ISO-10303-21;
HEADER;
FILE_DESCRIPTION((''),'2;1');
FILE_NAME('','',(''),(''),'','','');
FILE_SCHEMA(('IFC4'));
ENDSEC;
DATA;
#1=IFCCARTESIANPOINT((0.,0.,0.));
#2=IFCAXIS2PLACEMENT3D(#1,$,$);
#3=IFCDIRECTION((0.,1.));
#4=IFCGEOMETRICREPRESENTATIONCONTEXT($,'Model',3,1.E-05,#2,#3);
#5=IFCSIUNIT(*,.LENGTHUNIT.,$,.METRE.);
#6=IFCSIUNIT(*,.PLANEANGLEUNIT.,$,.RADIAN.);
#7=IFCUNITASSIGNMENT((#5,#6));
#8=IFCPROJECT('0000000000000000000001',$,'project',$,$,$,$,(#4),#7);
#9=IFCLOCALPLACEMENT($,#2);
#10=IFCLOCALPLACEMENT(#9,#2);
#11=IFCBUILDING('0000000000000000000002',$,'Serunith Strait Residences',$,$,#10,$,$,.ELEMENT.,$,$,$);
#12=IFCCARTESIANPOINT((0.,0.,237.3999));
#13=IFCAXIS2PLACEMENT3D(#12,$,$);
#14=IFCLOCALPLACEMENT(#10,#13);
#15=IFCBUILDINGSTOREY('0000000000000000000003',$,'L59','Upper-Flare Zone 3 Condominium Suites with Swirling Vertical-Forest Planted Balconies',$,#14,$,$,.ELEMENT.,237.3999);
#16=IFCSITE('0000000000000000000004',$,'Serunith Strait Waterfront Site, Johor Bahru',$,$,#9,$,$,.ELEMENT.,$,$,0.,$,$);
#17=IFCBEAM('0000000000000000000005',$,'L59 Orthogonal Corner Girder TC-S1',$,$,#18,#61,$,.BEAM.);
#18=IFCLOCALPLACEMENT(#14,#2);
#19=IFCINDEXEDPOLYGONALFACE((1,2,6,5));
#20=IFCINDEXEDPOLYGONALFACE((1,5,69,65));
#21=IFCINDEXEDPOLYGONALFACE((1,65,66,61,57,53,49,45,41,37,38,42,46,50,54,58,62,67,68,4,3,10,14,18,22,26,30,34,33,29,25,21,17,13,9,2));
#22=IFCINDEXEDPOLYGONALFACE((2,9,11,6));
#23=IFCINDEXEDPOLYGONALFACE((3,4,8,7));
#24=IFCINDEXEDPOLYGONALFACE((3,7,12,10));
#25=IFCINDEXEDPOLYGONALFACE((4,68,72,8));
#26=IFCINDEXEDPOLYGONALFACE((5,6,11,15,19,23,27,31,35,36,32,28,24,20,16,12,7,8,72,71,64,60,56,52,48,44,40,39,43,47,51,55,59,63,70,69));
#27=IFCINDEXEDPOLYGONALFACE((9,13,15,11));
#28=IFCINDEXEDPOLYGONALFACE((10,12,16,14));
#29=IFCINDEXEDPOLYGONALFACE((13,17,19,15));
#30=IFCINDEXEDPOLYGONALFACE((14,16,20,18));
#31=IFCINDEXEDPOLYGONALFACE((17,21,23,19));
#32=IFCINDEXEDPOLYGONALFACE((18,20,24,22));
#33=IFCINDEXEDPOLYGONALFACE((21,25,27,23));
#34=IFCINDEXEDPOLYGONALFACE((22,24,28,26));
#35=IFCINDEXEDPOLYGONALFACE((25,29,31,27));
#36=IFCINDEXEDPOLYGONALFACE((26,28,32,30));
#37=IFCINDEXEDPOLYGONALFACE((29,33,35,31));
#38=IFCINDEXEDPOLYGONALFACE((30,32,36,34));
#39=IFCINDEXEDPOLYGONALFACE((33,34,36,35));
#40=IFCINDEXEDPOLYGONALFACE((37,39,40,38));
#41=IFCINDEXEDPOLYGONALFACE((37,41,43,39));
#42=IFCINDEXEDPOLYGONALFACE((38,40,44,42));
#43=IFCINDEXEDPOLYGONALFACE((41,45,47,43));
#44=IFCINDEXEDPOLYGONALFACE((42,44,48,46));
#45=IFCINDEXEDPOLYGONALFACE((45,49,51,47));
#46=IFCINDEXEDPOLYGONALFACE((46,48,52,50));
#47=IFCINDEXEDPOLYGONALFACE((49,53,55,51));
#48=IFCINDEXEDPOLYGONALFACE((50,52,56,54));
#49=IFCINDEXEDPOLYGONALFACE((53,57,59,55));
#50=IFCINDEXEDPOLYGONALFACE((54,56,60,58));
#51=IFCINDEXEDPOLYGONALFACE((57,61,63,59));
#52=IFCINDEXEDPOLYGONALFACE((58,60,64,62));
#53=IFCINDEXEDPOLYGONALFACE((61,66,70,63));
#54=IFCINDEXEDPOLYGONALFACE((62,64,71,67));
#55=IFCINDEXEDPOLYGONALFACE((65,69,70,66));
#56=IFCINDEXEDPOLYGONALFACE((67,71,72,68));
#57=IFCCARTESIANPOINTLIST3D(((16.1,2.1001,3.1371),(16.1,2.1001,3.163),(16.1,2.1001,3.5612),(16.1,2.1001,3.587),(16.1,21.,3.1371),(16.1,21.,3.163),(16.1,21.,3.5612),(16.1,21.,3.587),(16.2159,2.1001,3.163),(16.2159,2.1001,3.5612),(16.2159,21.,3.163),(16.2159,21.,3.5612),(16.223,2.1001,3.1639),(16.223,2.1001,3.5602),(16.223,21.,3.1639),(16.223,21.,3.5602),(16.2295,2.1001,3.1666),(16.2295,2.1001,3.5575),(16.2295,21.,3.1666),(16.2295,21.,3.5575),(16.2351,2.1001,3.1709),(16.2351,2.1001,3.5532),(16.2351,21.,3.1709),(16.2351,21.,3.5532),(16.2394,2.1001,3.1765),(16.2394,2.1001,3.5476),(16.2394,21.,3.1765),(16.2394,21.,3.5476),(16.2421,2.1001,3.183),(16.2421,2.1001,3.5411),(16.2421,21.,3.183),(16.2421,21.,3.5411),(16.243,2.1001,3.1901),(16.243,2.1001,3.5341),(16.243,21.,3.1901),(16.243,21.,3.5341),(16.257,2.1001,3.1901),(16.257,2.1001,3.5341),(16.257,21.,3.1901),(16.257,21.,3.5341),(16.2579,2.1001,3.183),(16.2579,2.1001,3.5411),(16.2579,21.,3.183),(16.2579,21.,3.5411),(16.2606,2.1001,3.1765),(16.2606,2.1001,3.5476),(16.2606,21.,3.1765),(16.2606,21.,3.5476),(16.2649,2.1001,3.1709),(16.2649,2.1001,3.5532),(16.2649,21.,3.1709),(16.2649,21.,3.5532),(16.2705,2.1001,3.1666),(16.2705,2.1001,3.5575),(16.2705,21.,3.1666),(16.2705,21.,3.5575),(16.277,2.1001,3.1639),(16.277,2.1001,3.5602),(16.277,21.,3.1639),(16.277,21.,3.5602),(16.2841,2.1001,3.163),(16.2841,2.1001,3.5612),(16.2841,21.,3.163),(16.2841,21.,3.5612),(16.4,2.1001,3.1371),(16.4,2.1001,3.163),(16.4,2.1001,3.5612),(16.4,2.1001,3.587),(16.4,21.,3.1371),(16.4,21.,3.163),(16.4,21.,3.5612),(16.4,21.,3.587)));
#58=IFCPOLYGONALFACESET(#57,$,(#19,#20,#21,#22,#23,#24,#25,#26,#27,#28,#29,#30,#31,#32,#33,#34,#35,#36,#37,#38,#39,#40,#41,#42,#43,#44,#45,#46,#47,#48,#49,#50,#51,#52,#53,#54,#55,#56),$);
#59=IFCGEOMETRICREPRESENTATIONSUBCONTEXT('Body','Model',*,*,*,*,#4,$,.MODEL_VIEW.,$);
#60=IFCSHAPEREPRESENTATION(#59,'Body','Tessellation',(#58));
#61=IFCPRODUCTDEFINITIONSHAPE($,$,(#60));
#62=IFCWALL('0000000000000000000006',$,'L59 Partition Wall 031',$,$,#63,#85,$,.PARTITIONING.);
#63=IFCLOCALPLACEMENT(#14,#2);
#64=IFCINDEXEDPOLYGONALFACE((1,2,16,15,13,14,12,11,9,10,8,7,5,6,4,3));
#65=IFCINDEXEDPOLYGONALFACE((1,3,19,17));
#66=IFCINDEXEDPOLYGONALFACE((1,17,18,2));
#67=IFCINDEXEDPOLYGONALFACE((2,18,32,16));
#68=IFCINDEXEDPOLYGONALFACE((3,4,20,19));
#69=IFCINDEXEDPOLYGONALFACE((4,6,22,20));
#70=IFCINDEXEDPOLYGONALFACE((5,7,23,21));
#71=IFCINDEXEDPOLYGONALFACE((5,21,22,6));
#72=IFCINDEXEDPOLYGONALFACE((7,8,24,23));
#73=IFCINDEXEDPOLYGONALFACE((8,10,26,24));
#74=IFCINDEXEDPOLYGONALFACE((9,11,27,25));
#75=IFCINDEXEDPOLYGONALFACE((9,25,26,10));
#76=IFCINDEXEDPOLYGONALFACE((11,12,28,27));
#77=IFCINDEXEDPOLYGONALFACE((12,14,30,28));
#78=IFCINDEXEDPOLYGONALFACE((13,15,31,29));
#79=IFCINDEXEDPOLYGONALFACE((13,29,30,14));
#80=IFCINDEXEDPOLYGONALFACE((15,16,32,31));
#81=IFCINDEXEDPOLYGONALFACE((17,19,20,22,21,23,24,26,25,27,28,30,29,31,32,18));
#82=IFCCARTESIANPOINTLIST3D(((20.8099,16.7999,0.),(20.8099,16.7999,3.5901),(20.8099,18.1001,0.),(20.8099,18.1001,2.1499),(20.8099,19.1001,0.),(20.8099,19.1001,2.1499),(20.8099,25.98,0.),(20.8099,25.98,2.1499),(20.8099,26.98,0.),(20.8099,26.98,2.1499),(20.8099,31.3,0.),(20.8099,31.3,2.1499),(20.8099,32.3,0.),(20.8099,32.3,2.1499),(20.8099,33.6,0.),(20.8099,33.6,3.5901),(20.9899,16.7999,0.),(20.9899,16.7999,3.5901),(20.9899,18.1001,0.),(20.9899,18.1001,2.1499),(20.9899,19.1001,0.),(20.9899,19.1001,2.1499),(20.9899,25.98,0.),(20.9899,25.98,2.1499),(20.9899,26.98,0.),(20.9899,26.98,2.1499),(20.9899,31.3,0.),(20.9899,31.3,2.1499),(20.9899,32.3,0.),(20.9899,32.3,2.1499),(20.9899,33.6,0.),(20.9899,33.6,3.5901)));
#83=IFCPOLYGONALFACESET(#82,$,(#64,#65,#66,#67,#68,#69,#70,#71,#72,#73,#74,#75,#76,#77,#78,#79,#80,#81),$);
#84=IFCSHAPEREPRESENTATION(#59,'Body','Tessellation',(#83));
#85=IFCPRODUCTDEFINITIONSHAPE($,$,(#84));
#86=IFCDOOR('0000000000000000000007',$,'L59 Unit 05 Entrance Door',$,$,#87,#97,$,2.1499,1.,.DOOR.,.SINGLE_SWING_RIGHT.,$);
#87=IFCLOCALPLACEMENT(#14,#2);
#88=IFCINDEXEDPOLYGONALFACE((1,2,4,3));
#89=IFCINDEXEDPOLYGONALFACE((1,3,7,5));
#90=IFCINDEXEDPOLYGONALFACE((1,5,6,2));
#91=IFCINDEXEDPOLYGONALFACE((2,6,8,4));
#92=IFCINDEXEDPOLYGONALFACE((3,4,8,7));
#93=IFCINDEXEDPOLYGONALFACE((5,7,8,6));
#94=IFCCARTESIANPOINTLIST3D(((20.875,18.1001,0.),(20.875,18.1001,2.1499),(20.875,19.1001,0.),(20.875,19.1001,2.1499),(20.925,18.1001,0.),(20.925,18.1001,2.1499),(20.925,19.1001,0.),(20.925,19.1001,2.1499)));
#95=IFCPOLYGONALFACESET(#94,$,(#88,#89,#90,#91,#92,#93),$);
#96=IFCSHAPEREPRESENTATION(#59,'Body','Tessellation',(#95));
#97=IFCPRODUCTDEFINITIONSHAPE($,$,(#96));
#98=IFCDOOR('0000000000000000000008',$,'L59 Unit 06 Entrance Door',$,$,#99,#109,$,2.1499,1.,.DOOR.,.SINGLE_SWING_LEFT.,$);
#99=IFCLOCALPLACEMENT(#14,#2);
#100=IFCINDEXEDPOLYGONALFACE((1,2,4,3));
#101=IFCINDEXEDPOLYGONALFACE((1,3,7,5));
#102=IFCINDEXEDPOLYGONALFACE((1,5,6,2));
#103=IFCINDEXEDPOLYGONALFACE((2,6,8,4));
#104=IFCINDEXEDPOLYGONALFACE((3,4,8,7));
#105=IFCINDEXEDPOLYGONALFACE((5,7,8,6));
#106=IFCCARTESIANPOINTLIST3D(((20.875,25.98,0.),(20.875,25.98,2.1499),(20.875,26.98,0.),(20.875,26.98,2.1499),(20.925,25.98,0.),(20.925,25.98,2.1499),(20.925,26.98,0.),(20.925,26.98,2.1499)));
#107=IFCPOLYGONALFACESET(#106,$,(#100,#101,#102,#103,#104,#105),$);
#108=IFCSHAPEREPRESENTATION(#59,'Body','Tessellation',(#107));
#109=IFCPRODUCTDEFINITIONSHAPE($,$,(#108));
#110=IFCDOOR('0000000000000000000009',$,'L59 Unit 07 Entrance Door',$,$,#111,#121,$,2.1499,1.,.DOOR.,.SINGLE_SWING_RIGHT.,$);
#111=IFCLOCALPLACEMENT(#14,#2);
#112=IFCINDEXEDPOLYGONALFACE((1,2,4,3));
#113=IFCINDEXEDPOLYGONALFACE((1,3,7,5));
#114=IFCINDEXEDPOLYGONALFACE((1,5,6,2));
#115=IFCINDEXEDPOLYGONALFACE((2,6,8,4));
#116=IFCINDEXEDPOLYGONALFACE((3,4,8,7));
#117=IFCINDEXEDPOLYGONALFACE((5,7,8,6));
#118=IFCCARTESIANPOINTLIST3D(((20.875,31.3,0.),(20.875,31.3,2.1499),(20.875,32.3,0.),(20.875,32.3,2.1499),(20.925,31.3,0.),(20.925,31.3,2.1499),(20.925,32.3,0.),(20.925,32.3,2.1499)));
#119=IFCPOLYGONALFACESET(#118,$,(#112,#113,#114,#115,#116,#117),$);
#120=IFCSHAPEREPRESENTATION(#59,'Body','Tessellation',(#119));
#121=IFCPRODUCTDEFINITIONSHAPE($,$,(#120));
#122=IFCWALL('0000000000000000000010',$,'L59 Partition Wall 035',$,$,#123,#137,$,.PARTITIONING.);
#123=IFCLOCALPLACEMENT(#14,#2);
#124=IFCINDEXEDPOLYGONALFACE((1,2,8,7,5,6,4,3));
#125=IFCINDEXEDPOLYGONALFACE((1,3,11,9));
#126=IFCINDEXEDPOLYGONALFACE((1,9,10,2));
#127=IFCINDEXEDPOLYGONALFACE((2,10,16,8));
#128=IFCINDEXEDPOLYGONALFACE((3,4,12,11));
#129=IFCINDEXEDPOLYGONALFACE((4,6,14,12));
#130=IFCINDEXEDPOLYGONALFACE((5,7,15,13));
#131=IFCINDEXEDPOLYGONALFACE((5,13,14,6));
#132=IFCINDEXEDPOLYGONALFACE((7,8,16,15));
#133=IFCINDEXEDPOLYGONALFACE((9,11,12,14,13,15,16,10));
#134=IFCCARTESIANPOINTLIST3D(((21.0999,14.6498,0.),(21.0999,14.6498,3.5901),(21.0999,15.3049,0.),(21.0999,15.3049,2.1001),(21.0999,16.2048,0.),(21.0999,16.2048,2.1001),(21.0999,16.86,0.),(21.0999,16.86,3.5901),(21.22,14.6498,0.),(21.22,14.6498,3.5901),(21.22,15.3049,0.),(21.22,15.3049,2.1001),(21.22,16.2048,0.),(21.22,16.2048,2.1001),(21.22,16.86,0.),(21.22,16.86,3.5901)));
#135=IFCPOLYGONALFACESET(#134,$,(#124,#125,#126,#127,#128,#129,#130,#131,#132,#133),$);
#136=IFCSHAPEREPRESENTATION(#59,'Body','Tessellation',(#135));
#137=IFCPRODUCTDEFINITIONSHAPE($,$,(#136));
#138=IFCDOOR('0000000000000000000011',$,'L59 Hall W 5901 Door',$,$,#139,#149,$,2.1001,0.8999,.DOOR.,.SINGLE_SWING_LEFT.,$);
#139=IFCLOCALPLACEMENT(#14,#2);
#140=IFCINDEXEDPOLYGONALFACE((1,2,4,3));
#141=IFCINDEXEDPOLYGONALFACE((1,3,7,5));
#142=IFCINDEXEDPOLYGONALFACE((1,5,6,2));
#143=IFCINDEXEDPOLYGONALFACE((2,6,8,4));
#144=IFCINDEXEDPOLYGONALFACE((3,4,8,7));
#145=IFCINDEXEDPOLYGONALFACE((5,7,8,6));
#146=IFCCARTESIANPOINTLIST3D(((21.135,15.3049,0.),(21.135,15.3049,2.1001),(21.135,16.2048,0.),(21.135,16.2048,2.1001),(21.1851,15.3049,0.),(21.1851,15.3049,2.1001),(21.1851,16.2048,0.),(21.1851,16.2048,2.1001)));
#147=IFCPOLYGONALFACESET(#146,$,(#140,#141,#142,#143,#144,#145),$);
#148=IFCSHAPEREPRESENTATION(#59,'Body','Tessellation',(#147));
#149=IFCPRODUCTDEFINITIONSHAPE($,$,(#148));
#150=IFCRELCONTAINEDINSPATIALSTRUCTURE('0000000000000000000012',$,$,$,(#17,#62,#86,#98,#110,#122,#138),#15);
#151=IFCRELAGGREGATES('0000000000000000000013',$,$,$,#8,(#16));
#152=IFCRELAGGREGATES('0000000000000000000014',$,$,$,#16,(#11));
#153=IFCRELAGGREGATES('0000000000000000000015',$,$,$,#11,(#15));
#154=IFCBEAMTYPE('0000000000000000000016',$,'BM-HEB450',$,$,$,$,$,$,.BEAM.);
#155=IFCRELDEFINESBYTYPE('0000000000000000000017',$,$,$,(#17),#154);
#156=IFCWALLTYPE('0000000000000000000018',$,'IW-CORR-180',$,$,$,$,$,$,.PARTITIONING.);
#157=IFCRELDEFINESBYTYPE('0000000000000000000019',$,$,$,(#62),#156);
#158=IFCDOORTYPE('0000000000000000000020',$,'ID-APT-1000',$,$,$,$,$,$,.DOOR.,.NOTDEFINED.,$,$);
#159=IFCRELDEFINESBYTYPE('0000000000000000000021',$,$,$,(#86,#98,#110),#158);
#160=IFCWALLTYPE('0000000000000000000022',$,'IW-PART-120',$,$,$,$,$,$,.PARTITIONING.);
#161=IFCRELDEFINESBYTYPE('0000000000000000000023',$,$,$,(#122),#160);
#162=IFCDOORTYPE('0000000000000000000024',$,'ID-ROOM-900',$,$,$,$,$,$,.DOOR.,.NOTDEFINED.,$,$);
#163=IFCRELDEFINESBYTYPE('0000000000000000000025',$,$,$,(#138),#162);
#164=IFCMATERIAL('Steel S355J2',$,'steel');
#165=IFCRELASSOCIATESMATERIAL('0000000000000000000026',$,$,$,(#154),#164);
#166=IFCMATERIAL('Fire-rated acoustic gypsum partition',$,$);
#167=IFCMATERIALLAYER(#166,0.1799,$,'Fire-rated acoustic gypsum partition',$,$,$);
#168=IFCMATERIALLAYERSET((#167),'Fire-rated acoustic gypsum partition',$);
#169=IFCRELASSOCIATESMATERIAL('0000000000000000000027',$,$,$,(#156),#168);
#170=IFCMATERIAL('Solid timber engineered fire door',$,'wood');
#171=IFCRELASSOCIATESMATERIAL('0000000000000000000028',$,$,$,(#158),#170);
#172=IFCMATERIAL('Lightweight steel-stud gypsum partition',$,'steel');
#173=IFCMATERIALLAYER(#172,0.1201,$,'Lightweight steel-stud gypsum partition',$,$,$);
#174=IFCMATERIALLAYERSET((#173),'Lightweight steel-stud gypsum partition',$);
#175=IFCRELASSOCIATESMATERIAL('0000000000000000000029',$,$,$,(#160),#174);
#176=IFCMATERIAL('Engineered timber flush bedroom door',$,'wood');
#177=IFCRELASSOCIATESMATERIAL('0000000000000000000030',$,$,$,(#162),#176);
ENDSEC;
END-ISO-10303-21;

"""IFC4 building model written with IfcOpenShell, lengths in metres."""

from ifc_helpers import new_model, si_unit, direction, frame, frame_2d, origin, origin_2d, place, context, subcontext, project, spatial, rectangle, i_section, extrude, source, transform, mapped, material, layer, layer_set, material_profile, profile_set, type_object, element, fill, save


model = new_model("IFC4")

# Units and contexts
model_context = context("Model", 3, precision=1e-05, world=origin(), true_north=direction((0.0, 1.0)))
body_context = subcontext(model_context, "Body", "Model", "MODEL_VIEW")
ifc_project = project(units=[si_unit("LENGTHUNIT", "METRE"), si_unit("PLANEANGLEUNIT", "RADIAN")], contexts=[model_context])

# Site, building, storey
site_placement = place(None, origin())
site = spatial("IfcSite", under=ifc_project, at=site_placement, Name="Serunith Strait Waterfront Site, Johor Bahru", CompositionType="ELEMENT", RefElevation=0.0)
building_placement = place(site_placement, origin())
building = spatial("IfcBuilding", under=site, at=building_placement, Name="Serunith Strait Residences", CompositionType="ELEMENT")
storey_placement = place(building_placement, frame((0.0, 0.0, 237.3999)))
storey = spatial("IfcBuildingStorey", under=building, at=storey_placement, Name="L59", Description="Upper-Flare Zone 3 Condominium Suites with Swirling Vertical-Forest Planted Balconies", CompositionType="ELEMENT", Elevation=237.3999)

# Beam
ifc_material_1 = material(Name="Steel S355J2", Category="steel")
ifc_material_profile = material_profile(ifc_material_1, i_section(OverallWidth=0.3, OverallDepth=0.45, WebThickness=0.0139, FlangeThickness=0.0259, FilletRadius=0.0271, at=origin_2d()), Name="HEB 450")
ifc_profile_set = profile_set([ifc_material_profile], Name="Steel S355J2")
beam_type = type_object("IfcBeamType", Name="BM-HEB450", PredefinedType="BEAM", material=ifc_profile_set)
shared_shape_1 = source(origin(), body_context, "Body", "SweptSolid", [
    extrude(i_section(OverallWidth=0.3, OverallDepth=0.45, WebThickness=0.0139, FlangeThickness=0.0259, FilletRadius=0.0271, at=origin_2d()), origin(), (0.0, 0.0, 1.0), 18.8999),
])
beam_placement = place(storey_placement, frame((16.25, 21.0, 3.3621), z_axis=(0.0, -1.0, 0.0), x_axis=(1.0, 0.0, 0.0)))
element("IfcBeam", 1, at=beam_placement, inside=storey, type_object=beam_type, Name="L59 Orthogonal Corner Girder TC-S1", PredefinedType="BEAM", context=body_context, shape_type="MappedRepresentation", body=[
    mapped(shared_shape_1, transform((0.0, 0.0, 0.0), scale=1.0)),
])

# Shared definitions
ifc_material_2 = material(Name="Fire-rated acoustic gypsum partition")
ifc_layer_1 = layer(ifc_material_2, 0.1799, Name="Fire-rated acoustic gypsum partition")
ifc_layer_set_1 = layer_set([ifc_layer_1], Name="Fire-rated acoustic gypsum partition")
wall_type_1 = type_object("IfcWallType", Name="IW-CORR-180", PredefinedType="PARTITIONING", material=ifc_layer_set_1)
ifc_material_3 = material(Name="Solid timber engineered fire door", Category="wood")
door_type_1 = type_object("IfcDoorType", Name="ID-APT-1000", OperationType="NOTDEFINED", PredefinedType="DOOR", material=ifc_material_3)
shared_shape_2 = source(origin(), body_context, "Body", "SweptSolid", [
    extrude(rectangle(XDim=1.0, YDim=2.1499, at=frame_2d((0.5, 1.075))), frame((0.0, 0.0249, 0.0), z_axis=(0.0, -1.0, 0.0), x_axis=(1.0, 0.0, 0.0)), (0.0, 0.0, 1.0), 0.05),
])

# Wall, openings, doors
wall_1_placement = place(storey_placement, frame((20.8999, 16.8, 0.0), z_axis=(0.0, 0.0, 1.0), x_axis=(0.0, 1.0, 0.0)))
wall_1 = element("IfcWall", 2, at=wall_1_placement, inside=storey, type_object=wall_type_1, Name="L59 Partition Wall 031", PredefinedType="PARTITIONING", context=body_context, shape_type="SweptSolid", body=[
    extrude(rectangle(XDim=16.8, YDim=0.1799, at=frame_2d((8.3999, 0.0))), origin(), (0.0, 0.0, 1.0), 3.5901),
])
opening_1_placement = place(wall_1_placement, frame((1.3, 0.0, 0.0)))
opening_1 = element("IfcOpeningElement", 3, at=opening_1_placement, cuts=wall_1, PredefinedType="OPENING", context=body_context, shape_type="SweptSolid", body=[
    extrude(rectangle(XDim=1.0, YDim=2.1499, at=frame_2d((0.5, 1.075))), frame((0.0, 0.1001, 0.0), z_axis=(0.0, -1.0, 0.0), x_axis=(1.0, 0.0, 0.0)), (0.0, 0.0, 1.0), 0.2),
])
opening_2_placement = place(wall_1_placement, frame((9.1799, 0.0, 0.0)))
opening_2 = element("IfcOpeningElement", 4, at=opening_2_placement, cuts=wall_1, PredefinedType="OPENING", context=body_context, shape_type="SweptSolid", body=[
    extrude(rectangle(XDim=1.0, YDim=2.1499, at=frame_2d((0.5, 1.075))), frame((0.0, 0.1001, 0.0), z_axis=(0.0, -1.0, 0.0), x_axis=(1.0, 0.0, 0.0)), (0.0, 0.0, 1.0), 0.2),
])
opening_3_placement = place(wall_1_placement, frame((14.5, 0.0, 0.0)))
opening_3 = element("IfcOpeningElement", 5, at=opening_3_placement, cuts=wall_1, PredefinedType="OPENING", context=body_context, shape_type="SweptSolid", body=[
    extrude(rectangle(XDim=1.0, YDim=2.1499, at=frame_2d((0.5, 1.075))), frame((0.0, 0.1001, 0.0), z_axis=(0.0, -1.0, 0.0), x_axis=(1.0, 0.0, 0.0)), (0.0, 0.0, 1.0), 0.2),
])
door_1_placement = place(opening_1_placement, origin())
door_1 = element("IfcDoor", 6, at=door_1_placement, inside=storey, type_object=door_type_1, Name="L59 Unit 05 Entrance Door", OperationType="SINGLE_SWING_RIGHT", OverallHeight=2.1499, OverallWidth=1.0, PredefinedType="DOOR", context=body_context, shape_type="MappedRepresentation", body=[
    mapped(shared_shape_2, transform((0.0, 0.0, 0.0), scale=1.0)),
])
fill(opening_1, door_1)
door_2_placement = place(opening_2_placement, origin())
door_2 = element("IfcDoor", 7, at=door_2_placement, inside=storey, type_object=door_type_1, Name="L59 Unit 06 Entrance Door", OperationType="SINGLE_SWING_LEFT", OverallHeight=2.1499, OverallWidth=1.0, PredefinedType="DOOR", context=body_context, shape_type="MappedRepresentation", body=[
    mapped(shared_shape_2, transform((0.0, 0.0, 0.0), scale=1.0)),
])
fill(opening_2, door_2)
door_3_placement = place(opening_3_placement, origin())
door_3 = element("IfcDoor", 8, at=door_3_placement, inside=storey, type_object=door_type_1, Name="L59 Unit 07 Entrance Door", OperationType="SINGLE_SWING_RIGHT", OverallHeight=2.1499, OverallWidth=1.0, PredefinedType="DOOR", context=body_context, shape_type="MappedRepresentation", body=[
    mapped(shared_shape_2, transform((0.0, 0.0, 0.0), scale=1.0)),
])
fill(opening_3, door_3)

# Wall, opening, door
ifc_material_4 = material(Name="Lightweight steel-stud gypsum partition", Category="steel")
ifc_layer_2 = layer(ifc_material_4, 0.1201, Name="Lightweight steel-stud gypsum partition")
ifc_layer_set_2 = layer_set([ifc_layer_2], Name="Lightweight steel-stud gypsum partition")
wall_type_2 = type_object("IfcWallType", Name="IW-PART-120", PredefinedType="PARTITIONING", material=ifc_layer_set_2)
wall_2_placement = place(storey_placement, frame((21.1599, 14.6499, 0.0), z_axis=(0.0, 0.0, 1.0), x_axis=(0.0, 1.0, 0.0)))
wall_2 = element("IfcWall", 9, at=wall_2_placement, inside=storey, type_object=wall_type_2, Name="L59 Partition Wall 035", PredefinedType="PARTITIONING", context=body_context, shape_type="SweptSolid", body=[
    extrude(rectangle(XDim=2.2102, YDim=0.1201, at=frame_2d((1.105, 0.0))), origin(), (0.0, 0.0, 1.0), 3.5901),
])
opening_4_placement = place(wall_2_placement, frame((0.655, 0.0, 0.0)))
opening_4 = element("IfcOpeningElement", 10, at=opening_4_placement, cuts=wall_2, PredefinedType="OPENING", context=body_context, shape_type="SweptSolid", body=[
    extrude(rectangle(XDim=0.8999, YDim=2.1001, at=frame_2d((0.45, 1.05))), frame((0.0, 0.0701, 0.0), z_axis=(0.0, -1.0, 0.0), x_axis=(1.0, 0.0, 0.0)), (0.0, 0.0, 1.0), 0.1401),
])
ifc_material_5 = material(Name="Engineered timber flush bedroom door", Category="wood")
door_type_2 = type_object("IfcDoorType", Name="ID-ROOM-900", OperationType="NOTDEFINED", PredefinedType="DOOR", material=ifc_material_5)
shared_shape_3 = source(origin(), body_context, "Body", "SweptSolid", [
    extrude(rectangle(XDim=0.8999, YDim=2.1001, at=frame_2d((0.45, 1.05))), frame((0.0, 0.0249, 0.0), z_axis=(0.0, -1.0, 0.0), x_axis=(1.0, 0.0, 0.0)), (0.0, 0.0, 1.0), 0.05),
])
door_4_placement = place(opening_4_placement, origin())
door_4 = element("IfcDoor", 11, at=door_4_placement, inside=storey, type_object=door_type_2, Name="L59 Hall W 5901 Door", OperationType="SINGLE_SWING_LEFT", OverallHeight=2.1001, OverallWidth=0.8999, PredefinedType="DOOR", context=body_context, shape_type="MappedRepresentation", body=[
    mapped(shared_shape_3, transform((0.0, 0.0, 0.0), scale=1.0)),
])
fill(opening_4, door_4)

save(model, "model.ifc")
